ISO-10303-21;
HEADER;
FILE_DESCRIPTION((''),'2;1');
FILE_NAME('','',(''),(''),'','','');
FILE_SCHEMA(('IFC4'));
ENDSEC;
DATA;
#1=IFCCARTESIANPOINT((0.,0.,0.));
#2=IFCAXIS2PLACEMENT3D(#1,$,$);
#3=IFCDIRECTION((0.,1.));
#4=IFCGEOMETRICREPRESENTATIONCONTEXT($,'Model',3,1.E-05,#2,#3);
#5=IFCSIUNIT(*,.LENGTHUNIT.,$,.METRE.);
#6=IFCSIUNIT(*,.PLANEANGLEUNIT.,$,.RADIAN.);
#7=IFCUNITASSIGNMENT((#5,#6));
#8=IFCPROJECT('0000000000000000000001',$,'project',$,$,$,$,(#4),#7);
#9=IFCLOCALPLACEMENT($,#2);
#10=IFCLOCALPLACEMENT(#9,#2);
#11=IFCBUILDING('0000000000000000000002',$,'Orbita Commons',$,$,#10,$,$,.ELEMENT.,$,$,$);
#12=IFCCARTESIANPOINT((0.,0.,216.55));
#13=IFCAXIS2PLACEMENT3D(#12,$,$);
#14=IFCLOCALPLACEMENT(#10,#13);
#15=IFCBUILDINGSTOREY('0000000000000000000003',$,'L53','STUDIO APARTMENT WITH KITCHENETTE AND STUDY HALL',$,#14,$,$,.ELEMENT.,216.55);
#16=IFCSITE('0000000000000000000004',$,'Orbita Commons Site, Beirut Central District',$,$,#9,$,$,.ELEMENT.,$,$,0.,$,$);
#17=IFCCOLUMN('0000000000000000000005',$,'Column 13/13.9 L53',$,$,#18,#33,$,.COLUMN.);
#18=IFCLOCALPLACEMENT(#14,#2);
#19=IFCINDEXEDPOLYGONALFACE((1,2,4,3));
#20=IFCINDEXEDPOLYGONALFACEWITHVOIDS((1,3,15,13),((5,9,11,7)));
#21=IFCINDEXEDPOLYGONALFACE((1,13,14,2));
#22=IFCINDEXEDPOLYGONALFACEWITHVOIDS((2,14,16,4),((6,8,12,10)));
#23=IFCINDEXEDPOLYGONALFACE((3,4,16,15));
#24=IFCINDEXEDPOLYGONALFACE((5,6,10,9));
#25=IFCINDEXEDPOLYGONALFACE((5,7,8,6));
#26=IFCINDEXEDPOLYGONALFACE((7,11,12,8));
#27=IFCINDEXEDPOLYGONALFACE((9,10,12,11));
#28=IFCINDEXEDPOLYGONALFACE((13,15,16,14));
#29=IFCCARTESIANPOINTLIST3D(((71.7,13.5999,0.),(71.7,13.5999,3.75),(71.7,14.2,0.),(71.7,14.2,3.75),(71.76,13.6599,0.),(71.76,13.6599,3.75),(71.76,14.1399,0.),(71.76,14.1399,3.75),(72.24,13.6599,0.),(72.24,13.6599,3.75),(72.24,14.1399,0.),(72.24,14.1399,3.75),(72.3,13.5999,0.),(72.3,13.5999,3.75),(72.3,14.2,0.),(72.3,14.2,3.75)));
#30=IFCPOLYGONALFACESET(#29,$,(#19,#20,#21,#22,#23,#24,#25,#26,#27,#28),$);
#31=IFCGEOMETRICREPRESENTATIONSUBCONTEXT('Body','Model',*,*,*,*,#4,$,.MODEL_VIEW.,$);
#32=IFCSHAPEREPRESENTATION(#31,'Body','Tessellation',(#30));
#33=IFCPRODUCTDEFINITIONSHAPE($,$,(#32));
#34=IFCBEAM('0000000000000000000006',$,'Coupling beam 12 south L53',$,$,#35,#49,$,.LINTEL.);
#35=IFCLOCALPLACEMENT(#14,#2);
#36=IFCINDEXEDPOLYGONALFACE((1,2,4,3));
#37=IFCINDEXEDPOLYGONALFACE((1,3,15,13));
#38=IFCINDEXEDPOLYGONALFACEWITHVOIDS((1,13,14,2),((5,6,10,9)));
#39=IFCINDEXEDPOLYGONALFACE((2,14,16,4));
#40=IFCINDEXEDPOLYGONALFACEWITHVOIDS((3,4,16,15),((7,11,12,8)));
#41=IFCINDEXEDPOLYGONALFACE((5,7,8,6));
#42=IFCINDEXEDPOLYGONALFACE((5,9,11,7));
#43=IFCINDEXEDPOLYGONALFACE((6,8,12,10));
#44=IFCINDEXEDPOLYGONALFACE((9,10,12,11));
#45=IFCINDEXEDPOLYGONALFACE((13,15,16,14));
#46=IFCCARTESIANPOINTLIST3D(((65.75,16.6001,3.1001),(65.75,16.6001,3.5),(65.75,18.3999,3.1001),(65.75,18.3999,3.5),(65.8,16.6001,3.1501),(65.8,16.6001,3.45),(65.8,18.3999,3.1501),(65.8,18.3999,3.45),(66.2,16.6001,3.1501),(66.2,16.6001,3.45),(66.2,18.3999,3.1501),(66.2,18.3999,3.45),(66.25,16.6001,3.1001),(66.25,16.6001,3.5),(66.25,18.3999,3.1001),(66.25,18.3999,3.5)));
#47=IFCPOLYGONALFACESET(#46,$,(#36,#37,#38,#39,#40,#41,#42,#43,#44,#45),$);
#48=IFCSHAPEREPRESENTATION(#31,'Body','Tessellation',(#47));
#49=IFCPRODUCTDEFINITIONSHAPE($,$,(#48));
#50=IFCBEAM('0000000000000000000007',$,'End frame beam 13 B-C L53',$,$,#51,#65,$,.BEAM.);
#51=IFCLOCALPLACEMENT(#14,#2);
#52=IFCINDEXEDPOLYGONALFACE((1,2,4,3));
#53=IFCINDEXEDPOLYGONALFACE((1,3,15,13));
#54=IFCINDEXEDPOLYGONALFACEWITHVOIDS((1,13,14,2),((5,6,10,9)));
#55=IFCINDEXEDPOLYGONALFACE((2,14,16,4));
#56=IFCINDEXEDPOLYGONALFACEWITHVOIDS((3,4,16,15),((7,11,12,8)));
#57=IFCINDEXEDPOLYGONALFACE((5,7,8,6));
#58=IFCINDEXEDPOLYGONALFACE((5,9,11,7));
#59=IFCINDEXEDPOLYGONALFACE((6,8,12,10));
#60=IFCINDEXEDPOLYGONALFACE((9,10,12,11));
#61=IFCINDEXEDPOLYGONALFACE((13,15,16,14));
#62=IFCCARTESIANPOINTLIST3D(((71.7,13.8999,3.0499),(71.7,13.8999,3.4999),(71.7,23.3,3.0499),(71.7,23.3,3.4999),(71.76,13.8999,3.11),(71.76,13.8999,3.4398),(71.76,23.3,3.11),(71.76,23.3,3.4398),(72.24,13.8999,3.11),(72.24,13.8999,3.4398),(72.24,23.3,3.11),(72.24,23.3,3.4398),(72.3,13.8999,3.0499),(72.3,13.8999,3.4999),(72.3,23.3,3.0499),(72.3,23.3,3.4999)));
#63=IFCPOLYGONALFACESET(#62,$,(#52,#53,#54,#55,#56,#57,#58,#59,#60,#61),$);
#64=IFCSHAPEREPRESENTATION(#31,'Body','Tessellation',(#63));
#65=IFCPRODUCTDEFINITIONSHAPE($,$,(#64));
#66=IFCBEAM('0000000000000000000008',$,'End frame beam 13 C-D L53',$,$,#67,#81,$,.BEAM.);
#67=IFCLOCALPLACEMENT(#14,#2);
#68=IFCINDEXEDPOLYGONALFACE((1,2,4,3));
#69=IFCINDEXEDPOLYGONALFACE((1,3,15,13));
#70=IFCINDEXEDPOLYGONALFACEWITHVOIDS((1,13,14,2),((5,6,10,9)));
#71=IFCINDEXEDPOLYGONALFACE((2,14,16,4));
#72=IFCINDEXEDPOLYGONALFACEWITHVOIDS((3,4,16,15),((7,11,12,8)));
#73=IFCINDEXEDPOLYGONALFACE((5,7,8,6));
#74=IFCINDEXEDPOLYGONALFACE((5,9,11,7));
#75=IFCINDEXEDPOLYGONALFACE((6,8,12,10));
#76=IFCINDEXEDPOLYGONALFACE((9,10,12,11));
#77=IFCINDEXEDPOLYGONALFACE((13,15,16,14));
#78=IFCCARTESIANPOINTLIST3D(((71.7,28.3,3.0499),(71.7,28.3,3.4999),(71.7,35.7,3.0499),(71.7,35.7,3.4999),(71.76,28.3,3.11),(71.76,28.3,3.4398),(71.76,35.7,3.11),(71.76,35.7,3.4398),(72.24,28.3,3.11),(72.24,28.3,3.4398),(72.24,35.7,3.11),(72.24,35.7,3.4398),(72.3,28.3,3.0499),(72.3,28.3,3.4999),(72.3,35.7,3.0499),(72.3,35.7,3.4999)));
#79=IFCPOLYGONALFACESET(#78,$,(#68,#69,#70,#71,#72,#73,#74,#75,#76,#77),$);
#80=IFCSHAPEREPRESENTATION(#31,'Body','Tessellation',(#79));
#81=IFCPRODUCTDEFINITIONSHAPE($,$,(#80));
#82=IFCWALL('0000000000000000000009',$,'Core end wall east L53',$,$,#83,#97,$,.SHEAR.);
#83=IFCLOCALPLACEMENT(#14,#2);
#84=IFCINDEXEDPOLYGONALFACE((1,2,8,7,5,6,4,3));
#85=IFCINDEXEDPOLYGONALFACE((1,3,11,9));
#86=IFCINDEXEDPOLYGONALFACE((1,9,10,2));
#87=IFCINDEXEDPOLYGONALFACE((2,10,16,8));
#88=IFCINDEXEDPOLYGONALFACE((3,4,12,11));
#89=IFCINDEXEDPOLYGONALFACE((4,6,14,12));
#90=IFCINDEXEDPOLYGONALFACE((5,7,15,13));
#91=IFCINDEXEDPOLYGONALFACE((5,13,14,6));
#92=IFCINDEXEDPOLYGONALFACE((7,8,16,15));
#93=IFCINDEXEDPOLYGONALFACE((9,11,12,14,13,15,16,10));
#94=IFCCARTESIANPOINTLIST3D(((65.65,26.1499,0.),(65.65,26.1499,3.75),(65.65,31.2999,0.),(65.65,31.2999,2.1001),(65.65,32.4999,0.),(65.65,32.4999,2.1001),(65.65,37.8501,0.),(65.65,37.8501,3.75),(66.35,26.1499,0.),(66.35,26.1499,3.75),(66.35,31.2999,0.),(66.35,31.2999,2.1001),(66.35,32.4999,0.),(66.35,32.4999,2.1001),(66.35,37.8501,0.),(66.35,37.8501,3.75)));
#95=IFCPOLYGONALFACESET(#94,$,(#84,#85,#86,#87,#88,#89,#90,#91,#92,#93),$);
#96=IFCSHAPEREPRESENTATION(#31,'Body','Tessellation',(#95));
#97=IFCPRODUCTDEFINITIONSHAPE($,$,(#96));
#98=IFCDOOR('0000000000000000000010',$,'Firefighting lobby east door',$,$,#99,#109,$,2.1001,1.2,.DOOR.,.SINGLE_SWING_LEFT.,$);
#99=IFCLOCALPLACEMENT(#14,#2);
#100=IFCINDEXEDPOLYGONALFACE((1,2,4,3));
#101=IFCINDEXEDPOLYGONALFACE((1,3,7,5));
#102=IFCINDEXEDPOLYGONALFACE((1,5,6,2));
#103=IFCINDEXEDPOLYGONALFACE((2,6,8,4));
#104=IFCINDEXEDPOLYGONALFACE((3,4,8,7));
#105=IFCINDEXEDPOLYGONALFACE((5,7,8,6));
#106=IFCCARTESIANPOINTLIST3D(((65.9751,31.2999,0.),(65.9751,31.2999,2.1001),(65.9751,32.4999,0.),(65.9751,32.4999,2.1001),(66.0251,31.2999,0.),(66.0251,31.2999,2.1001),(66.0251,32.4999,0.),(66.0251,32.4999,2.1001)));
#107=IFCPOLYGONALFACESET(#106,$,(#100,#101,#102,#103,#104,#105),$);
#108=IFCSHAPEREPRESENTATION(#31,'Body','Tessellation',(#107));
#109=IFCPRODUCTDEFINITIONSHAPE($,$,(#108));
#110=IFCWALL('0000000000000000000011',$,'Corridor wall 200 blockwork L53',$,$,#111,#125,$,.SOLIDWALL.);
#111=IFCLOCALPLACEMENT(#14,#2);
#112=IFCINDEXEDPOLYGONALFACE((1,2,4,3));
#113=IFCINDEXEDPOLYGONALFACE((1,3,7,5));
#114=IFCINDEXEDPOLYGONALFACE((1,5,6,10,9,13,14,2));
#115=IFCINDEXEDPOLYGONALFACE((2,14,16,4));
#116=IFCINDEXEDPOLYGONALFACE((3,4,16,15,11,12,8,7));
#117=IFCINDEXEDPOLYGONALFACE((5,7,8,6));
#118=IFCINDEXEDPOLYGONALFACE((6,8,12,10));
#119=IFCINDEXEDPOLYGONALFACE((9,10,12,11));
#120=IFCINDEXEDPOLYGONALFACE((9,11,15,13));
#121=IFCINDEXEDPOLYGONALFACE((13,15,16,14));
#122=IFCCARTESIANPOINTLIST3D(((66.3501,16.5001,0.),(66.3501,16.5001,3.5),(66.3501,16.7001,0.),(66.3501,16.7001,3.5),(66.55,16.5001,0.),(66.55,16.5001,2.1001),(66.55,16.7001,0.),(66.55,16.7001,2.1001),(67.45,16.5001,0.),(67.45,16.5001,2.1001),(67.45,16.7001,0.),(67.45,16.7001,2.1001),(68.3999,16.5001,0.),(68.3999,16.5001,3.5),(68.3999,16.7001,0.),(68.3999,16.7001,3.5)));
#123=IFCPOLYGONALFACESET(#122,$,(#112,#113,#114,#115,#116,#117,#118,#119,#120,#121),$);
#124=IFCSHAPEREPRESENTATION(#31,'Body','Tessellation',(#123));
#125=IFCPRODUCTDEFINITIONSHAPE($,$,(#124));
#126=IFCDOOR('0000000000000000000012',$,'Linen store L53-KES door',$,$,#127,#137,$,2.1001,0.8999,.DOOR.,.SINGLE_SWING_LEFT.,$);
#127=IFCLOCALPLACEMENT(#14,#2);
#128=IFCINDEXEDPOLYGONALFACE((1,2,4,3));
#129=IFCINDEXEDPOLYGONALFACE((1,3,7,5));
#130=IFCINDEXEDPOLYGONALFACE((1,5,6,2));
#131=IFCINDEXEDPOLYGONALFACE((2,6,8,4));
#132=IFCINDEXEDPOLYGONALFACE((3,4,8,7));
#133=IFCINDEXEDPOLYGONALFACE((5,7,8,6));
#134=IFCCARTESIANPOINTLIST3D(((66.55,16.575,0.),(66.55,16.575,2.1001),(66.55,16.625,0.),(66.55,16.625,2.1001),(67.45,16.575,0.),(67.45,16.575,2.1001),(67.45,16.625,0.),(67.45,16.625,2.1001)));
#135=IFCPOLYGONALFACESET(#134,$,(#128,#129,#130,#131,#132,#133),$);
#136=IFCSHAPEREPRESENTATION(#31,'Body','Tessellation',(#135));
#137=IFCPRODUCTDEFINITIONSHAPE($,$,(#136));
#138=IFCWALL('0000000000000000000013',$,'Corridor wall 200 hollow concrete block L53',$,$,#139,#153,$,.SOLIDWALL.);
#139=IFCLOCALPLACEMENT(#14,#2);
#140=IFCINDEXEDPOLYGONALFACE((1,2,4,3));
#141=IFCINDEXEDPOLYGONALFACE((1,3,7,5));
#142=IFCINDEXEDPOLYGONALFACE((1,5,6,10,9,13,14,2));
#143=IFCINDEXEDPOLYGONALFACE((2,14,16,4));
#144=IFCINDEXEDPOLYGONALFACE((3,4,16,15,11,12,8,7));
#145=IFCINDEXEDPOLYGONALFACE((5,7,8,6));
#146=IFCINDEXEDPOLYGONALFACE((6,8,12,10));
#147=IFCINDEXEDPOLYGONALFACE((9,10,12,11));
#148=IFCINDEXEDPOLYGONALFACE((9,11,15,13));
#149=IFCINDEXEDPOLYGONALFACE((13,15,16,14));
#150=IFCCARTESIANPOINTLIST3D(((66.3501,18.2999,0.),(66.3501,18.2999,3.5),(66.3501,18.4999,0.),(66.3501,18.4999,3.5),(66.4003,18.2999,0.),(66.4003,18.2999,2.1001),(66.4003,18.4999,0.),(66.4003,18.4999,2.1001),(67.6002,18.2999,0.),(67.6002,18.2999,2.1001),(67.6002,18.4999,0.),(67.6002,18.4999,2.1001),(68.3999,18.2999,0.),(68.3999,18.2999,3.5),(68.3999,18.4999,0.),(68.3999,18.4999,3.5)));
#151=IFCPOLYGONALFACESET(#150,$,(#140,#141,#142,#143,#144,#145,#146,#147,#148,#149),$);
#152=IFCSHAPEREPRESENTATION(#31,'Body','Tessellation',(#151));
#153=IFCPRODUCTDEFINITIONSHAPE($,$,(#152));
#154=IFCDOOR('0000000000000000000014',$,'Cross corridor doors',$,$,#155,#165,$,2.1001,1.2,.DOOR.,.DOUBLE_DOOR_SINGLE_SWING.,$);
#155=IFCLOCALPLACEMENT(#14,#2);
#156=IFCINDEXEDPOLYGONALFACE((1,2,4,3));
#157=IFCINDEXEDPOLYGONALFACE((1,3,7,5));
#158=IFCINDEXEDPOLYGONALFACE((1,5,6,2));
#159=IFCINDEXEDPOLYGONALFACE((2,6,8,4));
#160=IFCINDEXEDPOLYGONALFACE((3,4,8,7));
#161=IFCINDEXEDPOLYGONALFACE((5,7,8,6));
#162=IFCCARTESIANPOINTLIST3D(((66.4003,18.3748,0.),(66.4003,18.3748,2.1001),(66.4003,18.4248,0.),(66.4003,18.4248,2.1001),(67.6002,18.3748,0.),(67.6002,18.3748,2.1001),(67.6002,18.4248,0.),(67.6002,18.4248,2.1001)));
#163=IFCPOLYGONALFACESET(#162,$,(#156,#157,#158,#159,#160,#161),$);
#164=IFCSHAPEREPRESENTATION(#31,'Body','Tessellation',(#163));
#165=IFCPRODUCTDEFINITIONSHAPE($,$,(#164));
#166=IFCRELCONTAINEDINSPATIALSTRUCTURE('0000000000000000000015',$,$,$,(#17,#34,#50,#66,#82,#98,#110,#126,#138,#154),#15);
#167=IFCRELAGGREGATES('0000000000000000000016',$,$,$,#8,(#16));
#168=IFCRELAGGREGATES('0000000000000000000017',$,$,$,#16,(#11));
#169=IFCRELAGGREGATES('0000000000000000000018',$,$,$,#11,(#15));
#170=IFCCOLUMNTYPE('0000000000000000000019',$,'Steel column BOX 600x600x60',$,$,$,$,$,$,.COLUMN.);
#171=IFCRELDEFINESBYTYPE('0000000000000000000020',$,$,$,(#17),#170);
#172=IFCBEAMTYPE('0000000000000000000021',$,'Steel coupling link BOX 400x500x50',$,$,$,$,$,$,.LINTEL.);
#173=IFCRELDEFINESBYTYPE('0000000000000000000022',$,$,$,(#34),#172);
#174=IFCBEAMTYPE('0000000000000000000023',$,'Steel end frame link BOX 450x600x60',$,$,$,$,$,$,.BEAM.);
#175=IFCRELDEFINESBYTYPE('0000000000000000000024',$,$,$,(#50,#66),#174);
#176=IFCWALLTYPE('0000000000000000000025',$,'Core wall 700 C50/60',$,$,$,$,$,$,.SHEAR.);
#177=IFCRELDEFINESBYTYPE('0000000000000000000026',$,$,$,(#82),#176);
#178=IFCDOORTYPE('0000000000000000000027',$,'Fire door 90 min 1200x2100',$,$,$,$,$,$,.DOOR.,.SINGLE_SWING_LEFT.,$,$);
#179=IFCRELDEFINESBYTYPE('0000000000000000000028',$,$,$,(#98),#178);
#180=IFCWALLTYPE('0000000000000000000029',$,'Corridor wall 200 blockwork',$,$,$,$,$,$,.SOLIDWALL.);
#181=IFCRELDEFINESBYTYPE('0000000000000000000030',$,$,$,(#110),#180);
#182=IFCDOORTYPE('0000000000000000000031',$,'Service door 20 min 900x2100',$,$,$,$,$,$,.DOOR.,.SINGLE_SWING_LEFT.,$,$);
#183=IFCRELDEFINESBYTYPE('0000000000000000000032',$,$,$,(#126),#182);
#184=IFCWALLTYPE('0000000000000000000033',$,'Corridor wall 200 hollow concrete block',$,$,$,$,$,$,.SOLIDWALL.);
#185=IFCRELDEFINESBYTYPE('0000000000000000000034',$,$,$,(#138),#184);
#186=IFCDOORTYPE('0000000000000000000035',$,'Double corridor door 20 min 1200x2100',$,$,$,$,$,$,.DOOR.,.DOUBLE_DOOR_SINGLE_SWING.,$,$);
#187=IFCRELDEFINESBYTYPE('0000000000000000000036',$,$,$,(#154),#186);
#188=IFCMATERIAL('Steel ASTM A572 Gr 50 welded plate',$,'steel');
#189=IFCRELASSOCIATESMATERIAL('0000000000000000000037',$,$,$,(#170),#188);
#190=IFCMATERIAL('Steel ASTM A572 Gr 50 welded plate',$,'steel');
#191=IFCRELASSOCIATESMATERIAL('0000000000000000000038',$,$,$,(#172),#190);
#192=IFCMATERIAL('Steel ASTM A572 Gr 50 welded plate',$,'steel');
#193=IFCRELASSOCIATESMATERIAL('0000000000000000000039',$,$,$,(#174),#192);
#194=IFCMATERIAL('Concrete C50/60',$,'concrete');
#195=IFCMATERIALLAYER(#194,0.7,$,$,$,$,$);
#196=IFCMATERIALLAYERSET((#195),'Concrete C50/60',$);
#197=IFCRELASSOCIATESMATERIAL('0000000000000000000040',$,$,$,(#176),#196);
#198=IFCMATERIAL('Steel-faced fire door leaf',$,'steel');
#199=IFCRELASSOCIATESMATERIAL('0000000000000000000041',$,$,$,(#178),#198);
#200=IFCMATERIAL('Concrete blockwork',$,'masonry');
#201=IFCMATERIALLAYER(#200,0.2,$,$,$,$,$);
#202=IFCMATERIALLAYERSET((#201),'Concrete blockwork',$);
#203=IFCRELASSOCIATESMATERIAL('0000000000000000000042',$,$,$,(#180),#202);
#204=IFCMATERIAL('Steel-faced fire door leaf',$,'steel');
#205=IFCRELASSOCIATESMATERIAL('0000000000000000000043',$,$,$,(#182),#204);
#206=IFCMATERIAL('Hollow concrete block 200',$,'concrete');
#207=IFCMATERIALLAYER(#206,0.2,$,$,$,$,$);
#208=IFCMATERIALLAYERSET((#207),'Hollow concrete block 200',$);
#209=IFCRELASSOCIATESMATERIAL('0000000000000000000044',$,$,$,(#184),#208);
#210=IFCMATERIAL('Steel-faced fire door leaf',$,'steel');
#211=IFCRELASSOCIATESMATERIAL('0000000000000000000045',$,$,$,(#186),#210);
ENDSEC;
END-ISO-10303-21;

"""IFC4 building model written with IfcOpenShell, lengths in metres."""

from ifc_helpers import new_model, si_unit, direction, frame, frame_2d, origin, origin_2d, place, context, subcontext, project, spatial, rectangle, hollow_rectangle, extrude, material, layer, layer_set, material_profile, profile_set, type_object, element, fill, save


model = new_model("IFC4")

# Units and contexts
model_context = context("Model", 3, precision=1e-05, world=origin(), true_north=direction((0.0, 1.0)))
body_context = subcontext(model_context, "Body", "Model", "MODEL_VIEW")
ifc_project = project(units=[si_unit("LENGTHUNIT", "METRE"), si_unit("PLANEANGLEUNIT", "RADIAN")], contexts=[model_context])

# Site, building, storey
site_placement = place(None, origin())
site = spatial("IfcSite", under=ifc_project, at=site_placement, Name="Orbita Commons Site, Beirut Central District", CompositionType="ELEMENT", RefElevation=0.0)
building_placement = place(site_placement, origin())
building = spatial("IfcBuilding", under=site, at=building_placement, Name="Orbita Commons", CompositionType="ELEMENT")
storey_placement = place(building_placement, frame((0.0, 0.0, 216.55)))
storey = spatial("IfcBuildingStorey", under=building, at=storey_placement, Name="L53", Description="STUDIO APARTMENT WITH KITCHENETTE AND STUDY HALL", CompositionType="ELEMENT", Elevation=216.55)

# Column
ifc_material_1 = material(Name="Steel ASTM A572 Gr 50 welded plate", Category="steel")
ifc_material_profile_1 = material_profile(ifc_material_1, hollow_rectangle(XDim=0.6001, YDim=0.6001, WallThickness=0.0601, at=origin_2d()), Name="BOX 600x600x60")
ifc_profile_set_1 = profile_set([ifc_material_profile_1], Name="Steel ASTM A572 Gr 50 welded plate")
column_type = type_object("IfcColumnType", Name="Steel column BOX 600x600x60", PredefinedType="COLUMN", material=ifc_profile_set_1)
column_placement = place(storey_placement, frame((72.0, 13.8999, 0.0), z_axis=(0.0, 0.0, 1.0), x_axis=(1.0, 0.0, 0.0)))
element("IfcColumn", 1, at=column_placement, inside=storey, type_object=column_type, Name="Column 13/13.9 L53", PredefinedType="COLUMN", context=body_context, shape_type="SweptSolid", body=[
    extrude(hollow_rectangle(XDim=0.6001, YDim=0.6001, WallThickness=0.0601, at=origin_2d()), origin(), (0.0, 0.0, 1.0), 3.75),
])

# Beams
ifc_material_2 = material(Name="Steel ASTM A572 Gr 50 welded plate", Category="steel")
ifc_material_profile_2 = material_profile(ifc_material_2, hollow_rectangle(XDim=0.5, YDim=0.3999, WallThickness=0.05, at=origin_2d()), Name="BOX 400x500x50")
ifc_profile_set_2 = profile_set([ifc_material_profile_2], Name="Steel ASTM A572 Gr 50 welded plate")
beam_type_1 = type_object("IfcBeamType", Name="Steel coupling link BOX 400x500x50", PredefinedType="LINTEL", material=ifc_profile_set_2)
beam_1_placement = place(storey_placement, frame((66.0, 16.6001, 3.3), z_axis=(0.0, 1.0, 0.0), x_axis=(-1.0, 0.0, 0.0)))
element("IfcBeam", 2, at=beam_1_placement, inside=storey, type_object=beam_type_1, Name="Coupling beam 12 south L53", PredefinedType="LINTEL", context=body_context, shape_type="SweptSolid", body=[
    extrude(hollow_rectangle(XDim=0.5, YDim=0.3999, WallThickness=0.05, at=origin_2d()), origin(), (0.0, 0.0, 1.0), 1.7998),
])
ifc_material_3 = material(Name="Steel ASTM A572 Gr 50 welded plate", Category="steel")
ifc_material_profile_3 = material_profile(ifc_material_3, hollow_rectangle(XDim=0.6001, YDim=0.45, WallThickness=0.0601, at=origin_2d()), Name="BOX 450x600x60")
ifc_profile_set_3 = profile_set([ifc_material_profile_3], Name="Steel ASTM A572 Gr 50 welded plate")
beam_type_2 = type_object("IfcBeamType", Name="Steel end frame link BOX 450x600x60", PredefinedType="BEAM", material=ifc_profile_set_3)
beam_2_placement = place(storey_placement, frame((72.0, 13.8999, 3.2749), z_axis=(0.0, 1.0, 0.0), x_axis=(-1.0, 0.0, 0.0)))
element("IfcBeam", 3, at=beam_2_placement, inside=storey, type_object=beam_type_2, Name="End frame beam 13 B-C L53", PredefinedType="BEAM", context=body_context, shape_type="SweptSolid", body=[
    extrude(hollow_rectangle(XDim=0.6001, YDim=0.45, WallThickness=0.0601, at=origin_2d()), origin(), (0.0, 0.0, 1.0), 9.4001),
])
beam_3_placement = place(storey_placement, frame((72.0, 28.3, 3.2749), z_axis=(0.0, 1.0, 0.0), x_axis=(-1.0, 0.0, 0.0)))
element("IfcBeam", 4, at=beam_3_placement, inside=storey, type_object=beam_type_2, Name="End frame beam 13 C-D L53", PredefinedType="BEAM", context=body_context, shape_type="SweptSolid", body=[
    extrude(hollow_rectangle(XDim=0.6001, YDim=0.45, WallThickness=0.0601, at=origin_2d()), origin(), (0.0, 0.0, 1.0), 7.3999),
])

# Walls, openings, doors
ifc_material_4 = material(Name="Concrete C50/60", Category="concrete")
ifc_layer_1 = layer(ifc_material_4, 0.7)
ifc_layer_set_1 = layer_set([ifc_layer_1], Name="Concrete C50/60")
wall_type_1 = type_object("IfcWallType", Name="Core wall 700 C50/60", PredefinedType="SHEAR", material=ifc_layer_set_1)
wall_1_placement = place(storey_placement, frame((66.0, 26.1499, 0.0), z_axis=(0.0, 0.0, 1.0), x_axis=(0.0, 1.0, 0.0)))
wall_1 = element("IfcWall", 5, at=wall_1_placement, inside=storey, type_object=wall_type_1, Name="Core end wall east L53", PredefinedType="SHEAR", context=body_context, shape_type="SweptSolid", body=[
    extrude(rectangle(XDim=11.7002, YDim=0.7, at=frame_2d((5.8501, 0.0))), origin(), (0.0, 0.0, 1.0), 3.75),
])
opening_1_placement = place(wall_1_placement, frame((5.1499, 0.0, 0.0)))
opening_1 = element("IfcOpeningElement", 6, at=opening_1_placement, cuts=wall_1, PredefinedType="OPENING", context=body_context, shape_type="SweptSolid", body=[
    extrude(rectangle(XDim=1.2, YDim=2.1001, at=frame_2d((0.6001, 1.05))), frame((0.0, 0.3599, 0.0), z_axis=(0.0, -1.0, 0.0), x_axis=(1.0, 0.0, 0.0)), (0.0, 0.0, 1.0), 0.72),
])
ifc_material_5 = material(Name="Steel-faced fire door leaf", Category="steel")
door_type_1 = type_object("IfcDoorType", Name="Fire door 90 min 1200x2100", OperationType="SINGLE_SWING_LEFT", PredefinedType="DOOR", material=ifc_material_5)
door_1_placement = place(opening_1_placement, origin())
door_1 = element("IfcDoor", 7, at=door_1_placement, inside=storey, type_object=door_type_1, Name="Firefighting lobby east door", OperationType="SINGLE_SWING_LEFT", OverallHeight=2.1001, OverallWidth=1.2, PredefinedType="DOOR", context=body_context, shape_type="SweptSolid", body=[
    extrude(rectangle(XDim=1.2, YDim=2.1001, at=frame_2d((0.6001, 1.05))), frame((0.0, 0.0249, 0.0), z_axis=(0.0, -1.0, 0.0), x_axis=(1.0, 0.0, 0.0)), (0.0, 0.0, 1.0), 0.05),
])
fill(opening_1, door_1)
ifc_material_6 = material(Name="Concrete blockwork", Category="masonry")
ifc_layer_2 = layer(ifc_material_6, 0.2)
ifc_layer_set_2 = layer_set([ifc_layer_2], Name="Concrete blockwork")
wall_type_2 = type_object("IfcWallType", Name="Corridor wall 200 blockwork", PredefinedType="SOLIDWALL", material=ifc_layer_set_2)
wall_2_placement = place(storey_placement, frame((66.3501, 16.6001, 0.0), z_axis=(0.0, 0.0, 1.0), x_axis=(1.0, 0.0, 0.0)))
wall_2 = element("IfcWall", 8, at=wall_2_placement, inside=storey, type_object=wall_type_2, Name="Corridor wall 200 blockwork L53", PredefinedType="SOLIDWALL", context=body_context, shape_type="SweptSolid", body=[
    extrude(rectangle(XDim=2.0498, YDim=0.2, at=frame_2d((1.0249, 0.0))), origin(), (0.0, 0.0, 1.0), 3.5),
])
opening_2_placement = place(wall_2_placement, frame((0.2, 0.0, 0.0)))
opening_2 = element("IfcOpeningElement", 9, at=opening_2_placement, cuts=wall_2, PredefinedType="OPENING", context=body_context, shape_type="SweptSolid", body=[
    extrude(rectangle(XDim=0.8999, YDim=2.1001, at=frame_2d((0.45, 1.05))), frame((0.0, 0.1099, 0.0), z_axis=(0.0, -1.0, 0.0), x_axis=(1.0, 0.0, 0.0)), (0.0, 0.0, 1.0), 0.22),
])
ifc_material_7 = material(Name="Steel-faced fire door leaf", Category="steel")
door_type_2 = type_object("IfcDoorType", Name="Service door 20 min 900x2100", OperationType="SINGLE_SWING_LEFT", PredefinedType="DOOR", material=ifc_material_7)
door_2_placement = place(opening_2_placement, origin())
door_2 = element("IfcDoor", 10, at=door_2_placement, inside=storey, type_object=door_type_2, Name="Linen store L53-KES door", OperationType="SINGLE_SWING_LEFT", OverallHeight=2.1001, OverallWidth=0.8999, PredefinedType="DOOR", context=body_context, shape_type="SweptSolid", body=[
    extrude(rectangle(XDim=0.8999, YDim=2.1001, at=frame_2d((0.45, 1.05))), frame((0.0, 0.0249, 0.0), z_axis=(0.0, -1.0, 0.0), x_axis=(1.0, 0.0, 0.0)), (0.0, 0.0, 1.0), 0.05),
])
fill(opening_2, door_2)
ifc_material_8 = material(Name="Hollow concrete block 200", Category="concrete")
ifc_layer_3 = layer(ifc_material_8, 0.2)
ifc_layer_set_3 = layer_set([ifc_layer_3], Name="Hollow concrete block 200")
wall_type_3 = type_object("IfcWallType", Name="Corridor wall 200 hollow concrete block", PredefinedType="SOLIDWALL", material=ifc_layer_set_3)
wall_3_placement = place(storey_placement, frame((66.3501, 18.3999, 0.0), z_axis=(0.0, 0.0, 1.0), x_axis=(1.0, 0.0, 0.0)))
wall_3 = element("IfcWall", 11, at=wall_3_placement, inside=storey, type_object=wall_type_3, Name="Corridor wall 200 hollow concrete block L53", PredefinedType="SOLIDWALL", context=body_context, shape_type="SweptSolid", body=[
    extrude(rectangle(XDim=2.0498, YDim=0.2, at=frame_2d((1.0249, 0.0))), origin(), (0.0, 0.0, 1.0), 3.5),
])
opening_3_placement = place(wall_3_placement, frame((0.05, 0.0, 0.0)))
opening_3 = element("IfcOpeningElement", 12, at=opening_3_placement, cuts=wall_3, PredefinedType="OPENING", context=body_context, shape_type="SweptSolid", body=[
    extrude(rectangle(XDim=1.2, YDim=2.1001, at=frame_2d((0.6001, 1.05))), frame((0.0, 0.1099, 0.0), z_axis=(0.0, -1.0, 0.0), x_axis=(1.0, 0.0, 0.0)), (0.0, 0.0, 1.0), 0.22),
])
ifc_material_9 = material(Name="Steel-faced fire door leaf", Category="steel")
door_type_3 = type_object("IfcDoorType", Name="Double corridor door 20 min 1200x2100", OperationType="DOUBLE_DOOR_SINGLE_SWING", PredefinedType="DOOR", material=ifc_material_9)
door_3_placement = place(opening_3_placement, origin())
door_3 = element("IfcDoor", 13, at=door_3_placement, inside=storey, type_object=door_type_3, Name="Cross corridor doors", OperationType="DOUBLE_DOOR_SINGLE_SWING", OverallHeight=2.1001, OverallWidth=1.2, PredefinedType="DOOR", context=body_context, shape_type="SweptSolid", body=[
    extrude(rectangle(XDim=1.2, YDim=2.1001, at=frame_2d((0.6001, 1.05))), frame((0.0, 0.0249, 0.0), z_axis=(0.0, -1.0, 0.0), x_axis=(1.0, 0.0, 0.0)), (0.0, 0.0, 1.0), 0.05),
])
fill(opening_3, door_3)

save(model, "model.ifc")
